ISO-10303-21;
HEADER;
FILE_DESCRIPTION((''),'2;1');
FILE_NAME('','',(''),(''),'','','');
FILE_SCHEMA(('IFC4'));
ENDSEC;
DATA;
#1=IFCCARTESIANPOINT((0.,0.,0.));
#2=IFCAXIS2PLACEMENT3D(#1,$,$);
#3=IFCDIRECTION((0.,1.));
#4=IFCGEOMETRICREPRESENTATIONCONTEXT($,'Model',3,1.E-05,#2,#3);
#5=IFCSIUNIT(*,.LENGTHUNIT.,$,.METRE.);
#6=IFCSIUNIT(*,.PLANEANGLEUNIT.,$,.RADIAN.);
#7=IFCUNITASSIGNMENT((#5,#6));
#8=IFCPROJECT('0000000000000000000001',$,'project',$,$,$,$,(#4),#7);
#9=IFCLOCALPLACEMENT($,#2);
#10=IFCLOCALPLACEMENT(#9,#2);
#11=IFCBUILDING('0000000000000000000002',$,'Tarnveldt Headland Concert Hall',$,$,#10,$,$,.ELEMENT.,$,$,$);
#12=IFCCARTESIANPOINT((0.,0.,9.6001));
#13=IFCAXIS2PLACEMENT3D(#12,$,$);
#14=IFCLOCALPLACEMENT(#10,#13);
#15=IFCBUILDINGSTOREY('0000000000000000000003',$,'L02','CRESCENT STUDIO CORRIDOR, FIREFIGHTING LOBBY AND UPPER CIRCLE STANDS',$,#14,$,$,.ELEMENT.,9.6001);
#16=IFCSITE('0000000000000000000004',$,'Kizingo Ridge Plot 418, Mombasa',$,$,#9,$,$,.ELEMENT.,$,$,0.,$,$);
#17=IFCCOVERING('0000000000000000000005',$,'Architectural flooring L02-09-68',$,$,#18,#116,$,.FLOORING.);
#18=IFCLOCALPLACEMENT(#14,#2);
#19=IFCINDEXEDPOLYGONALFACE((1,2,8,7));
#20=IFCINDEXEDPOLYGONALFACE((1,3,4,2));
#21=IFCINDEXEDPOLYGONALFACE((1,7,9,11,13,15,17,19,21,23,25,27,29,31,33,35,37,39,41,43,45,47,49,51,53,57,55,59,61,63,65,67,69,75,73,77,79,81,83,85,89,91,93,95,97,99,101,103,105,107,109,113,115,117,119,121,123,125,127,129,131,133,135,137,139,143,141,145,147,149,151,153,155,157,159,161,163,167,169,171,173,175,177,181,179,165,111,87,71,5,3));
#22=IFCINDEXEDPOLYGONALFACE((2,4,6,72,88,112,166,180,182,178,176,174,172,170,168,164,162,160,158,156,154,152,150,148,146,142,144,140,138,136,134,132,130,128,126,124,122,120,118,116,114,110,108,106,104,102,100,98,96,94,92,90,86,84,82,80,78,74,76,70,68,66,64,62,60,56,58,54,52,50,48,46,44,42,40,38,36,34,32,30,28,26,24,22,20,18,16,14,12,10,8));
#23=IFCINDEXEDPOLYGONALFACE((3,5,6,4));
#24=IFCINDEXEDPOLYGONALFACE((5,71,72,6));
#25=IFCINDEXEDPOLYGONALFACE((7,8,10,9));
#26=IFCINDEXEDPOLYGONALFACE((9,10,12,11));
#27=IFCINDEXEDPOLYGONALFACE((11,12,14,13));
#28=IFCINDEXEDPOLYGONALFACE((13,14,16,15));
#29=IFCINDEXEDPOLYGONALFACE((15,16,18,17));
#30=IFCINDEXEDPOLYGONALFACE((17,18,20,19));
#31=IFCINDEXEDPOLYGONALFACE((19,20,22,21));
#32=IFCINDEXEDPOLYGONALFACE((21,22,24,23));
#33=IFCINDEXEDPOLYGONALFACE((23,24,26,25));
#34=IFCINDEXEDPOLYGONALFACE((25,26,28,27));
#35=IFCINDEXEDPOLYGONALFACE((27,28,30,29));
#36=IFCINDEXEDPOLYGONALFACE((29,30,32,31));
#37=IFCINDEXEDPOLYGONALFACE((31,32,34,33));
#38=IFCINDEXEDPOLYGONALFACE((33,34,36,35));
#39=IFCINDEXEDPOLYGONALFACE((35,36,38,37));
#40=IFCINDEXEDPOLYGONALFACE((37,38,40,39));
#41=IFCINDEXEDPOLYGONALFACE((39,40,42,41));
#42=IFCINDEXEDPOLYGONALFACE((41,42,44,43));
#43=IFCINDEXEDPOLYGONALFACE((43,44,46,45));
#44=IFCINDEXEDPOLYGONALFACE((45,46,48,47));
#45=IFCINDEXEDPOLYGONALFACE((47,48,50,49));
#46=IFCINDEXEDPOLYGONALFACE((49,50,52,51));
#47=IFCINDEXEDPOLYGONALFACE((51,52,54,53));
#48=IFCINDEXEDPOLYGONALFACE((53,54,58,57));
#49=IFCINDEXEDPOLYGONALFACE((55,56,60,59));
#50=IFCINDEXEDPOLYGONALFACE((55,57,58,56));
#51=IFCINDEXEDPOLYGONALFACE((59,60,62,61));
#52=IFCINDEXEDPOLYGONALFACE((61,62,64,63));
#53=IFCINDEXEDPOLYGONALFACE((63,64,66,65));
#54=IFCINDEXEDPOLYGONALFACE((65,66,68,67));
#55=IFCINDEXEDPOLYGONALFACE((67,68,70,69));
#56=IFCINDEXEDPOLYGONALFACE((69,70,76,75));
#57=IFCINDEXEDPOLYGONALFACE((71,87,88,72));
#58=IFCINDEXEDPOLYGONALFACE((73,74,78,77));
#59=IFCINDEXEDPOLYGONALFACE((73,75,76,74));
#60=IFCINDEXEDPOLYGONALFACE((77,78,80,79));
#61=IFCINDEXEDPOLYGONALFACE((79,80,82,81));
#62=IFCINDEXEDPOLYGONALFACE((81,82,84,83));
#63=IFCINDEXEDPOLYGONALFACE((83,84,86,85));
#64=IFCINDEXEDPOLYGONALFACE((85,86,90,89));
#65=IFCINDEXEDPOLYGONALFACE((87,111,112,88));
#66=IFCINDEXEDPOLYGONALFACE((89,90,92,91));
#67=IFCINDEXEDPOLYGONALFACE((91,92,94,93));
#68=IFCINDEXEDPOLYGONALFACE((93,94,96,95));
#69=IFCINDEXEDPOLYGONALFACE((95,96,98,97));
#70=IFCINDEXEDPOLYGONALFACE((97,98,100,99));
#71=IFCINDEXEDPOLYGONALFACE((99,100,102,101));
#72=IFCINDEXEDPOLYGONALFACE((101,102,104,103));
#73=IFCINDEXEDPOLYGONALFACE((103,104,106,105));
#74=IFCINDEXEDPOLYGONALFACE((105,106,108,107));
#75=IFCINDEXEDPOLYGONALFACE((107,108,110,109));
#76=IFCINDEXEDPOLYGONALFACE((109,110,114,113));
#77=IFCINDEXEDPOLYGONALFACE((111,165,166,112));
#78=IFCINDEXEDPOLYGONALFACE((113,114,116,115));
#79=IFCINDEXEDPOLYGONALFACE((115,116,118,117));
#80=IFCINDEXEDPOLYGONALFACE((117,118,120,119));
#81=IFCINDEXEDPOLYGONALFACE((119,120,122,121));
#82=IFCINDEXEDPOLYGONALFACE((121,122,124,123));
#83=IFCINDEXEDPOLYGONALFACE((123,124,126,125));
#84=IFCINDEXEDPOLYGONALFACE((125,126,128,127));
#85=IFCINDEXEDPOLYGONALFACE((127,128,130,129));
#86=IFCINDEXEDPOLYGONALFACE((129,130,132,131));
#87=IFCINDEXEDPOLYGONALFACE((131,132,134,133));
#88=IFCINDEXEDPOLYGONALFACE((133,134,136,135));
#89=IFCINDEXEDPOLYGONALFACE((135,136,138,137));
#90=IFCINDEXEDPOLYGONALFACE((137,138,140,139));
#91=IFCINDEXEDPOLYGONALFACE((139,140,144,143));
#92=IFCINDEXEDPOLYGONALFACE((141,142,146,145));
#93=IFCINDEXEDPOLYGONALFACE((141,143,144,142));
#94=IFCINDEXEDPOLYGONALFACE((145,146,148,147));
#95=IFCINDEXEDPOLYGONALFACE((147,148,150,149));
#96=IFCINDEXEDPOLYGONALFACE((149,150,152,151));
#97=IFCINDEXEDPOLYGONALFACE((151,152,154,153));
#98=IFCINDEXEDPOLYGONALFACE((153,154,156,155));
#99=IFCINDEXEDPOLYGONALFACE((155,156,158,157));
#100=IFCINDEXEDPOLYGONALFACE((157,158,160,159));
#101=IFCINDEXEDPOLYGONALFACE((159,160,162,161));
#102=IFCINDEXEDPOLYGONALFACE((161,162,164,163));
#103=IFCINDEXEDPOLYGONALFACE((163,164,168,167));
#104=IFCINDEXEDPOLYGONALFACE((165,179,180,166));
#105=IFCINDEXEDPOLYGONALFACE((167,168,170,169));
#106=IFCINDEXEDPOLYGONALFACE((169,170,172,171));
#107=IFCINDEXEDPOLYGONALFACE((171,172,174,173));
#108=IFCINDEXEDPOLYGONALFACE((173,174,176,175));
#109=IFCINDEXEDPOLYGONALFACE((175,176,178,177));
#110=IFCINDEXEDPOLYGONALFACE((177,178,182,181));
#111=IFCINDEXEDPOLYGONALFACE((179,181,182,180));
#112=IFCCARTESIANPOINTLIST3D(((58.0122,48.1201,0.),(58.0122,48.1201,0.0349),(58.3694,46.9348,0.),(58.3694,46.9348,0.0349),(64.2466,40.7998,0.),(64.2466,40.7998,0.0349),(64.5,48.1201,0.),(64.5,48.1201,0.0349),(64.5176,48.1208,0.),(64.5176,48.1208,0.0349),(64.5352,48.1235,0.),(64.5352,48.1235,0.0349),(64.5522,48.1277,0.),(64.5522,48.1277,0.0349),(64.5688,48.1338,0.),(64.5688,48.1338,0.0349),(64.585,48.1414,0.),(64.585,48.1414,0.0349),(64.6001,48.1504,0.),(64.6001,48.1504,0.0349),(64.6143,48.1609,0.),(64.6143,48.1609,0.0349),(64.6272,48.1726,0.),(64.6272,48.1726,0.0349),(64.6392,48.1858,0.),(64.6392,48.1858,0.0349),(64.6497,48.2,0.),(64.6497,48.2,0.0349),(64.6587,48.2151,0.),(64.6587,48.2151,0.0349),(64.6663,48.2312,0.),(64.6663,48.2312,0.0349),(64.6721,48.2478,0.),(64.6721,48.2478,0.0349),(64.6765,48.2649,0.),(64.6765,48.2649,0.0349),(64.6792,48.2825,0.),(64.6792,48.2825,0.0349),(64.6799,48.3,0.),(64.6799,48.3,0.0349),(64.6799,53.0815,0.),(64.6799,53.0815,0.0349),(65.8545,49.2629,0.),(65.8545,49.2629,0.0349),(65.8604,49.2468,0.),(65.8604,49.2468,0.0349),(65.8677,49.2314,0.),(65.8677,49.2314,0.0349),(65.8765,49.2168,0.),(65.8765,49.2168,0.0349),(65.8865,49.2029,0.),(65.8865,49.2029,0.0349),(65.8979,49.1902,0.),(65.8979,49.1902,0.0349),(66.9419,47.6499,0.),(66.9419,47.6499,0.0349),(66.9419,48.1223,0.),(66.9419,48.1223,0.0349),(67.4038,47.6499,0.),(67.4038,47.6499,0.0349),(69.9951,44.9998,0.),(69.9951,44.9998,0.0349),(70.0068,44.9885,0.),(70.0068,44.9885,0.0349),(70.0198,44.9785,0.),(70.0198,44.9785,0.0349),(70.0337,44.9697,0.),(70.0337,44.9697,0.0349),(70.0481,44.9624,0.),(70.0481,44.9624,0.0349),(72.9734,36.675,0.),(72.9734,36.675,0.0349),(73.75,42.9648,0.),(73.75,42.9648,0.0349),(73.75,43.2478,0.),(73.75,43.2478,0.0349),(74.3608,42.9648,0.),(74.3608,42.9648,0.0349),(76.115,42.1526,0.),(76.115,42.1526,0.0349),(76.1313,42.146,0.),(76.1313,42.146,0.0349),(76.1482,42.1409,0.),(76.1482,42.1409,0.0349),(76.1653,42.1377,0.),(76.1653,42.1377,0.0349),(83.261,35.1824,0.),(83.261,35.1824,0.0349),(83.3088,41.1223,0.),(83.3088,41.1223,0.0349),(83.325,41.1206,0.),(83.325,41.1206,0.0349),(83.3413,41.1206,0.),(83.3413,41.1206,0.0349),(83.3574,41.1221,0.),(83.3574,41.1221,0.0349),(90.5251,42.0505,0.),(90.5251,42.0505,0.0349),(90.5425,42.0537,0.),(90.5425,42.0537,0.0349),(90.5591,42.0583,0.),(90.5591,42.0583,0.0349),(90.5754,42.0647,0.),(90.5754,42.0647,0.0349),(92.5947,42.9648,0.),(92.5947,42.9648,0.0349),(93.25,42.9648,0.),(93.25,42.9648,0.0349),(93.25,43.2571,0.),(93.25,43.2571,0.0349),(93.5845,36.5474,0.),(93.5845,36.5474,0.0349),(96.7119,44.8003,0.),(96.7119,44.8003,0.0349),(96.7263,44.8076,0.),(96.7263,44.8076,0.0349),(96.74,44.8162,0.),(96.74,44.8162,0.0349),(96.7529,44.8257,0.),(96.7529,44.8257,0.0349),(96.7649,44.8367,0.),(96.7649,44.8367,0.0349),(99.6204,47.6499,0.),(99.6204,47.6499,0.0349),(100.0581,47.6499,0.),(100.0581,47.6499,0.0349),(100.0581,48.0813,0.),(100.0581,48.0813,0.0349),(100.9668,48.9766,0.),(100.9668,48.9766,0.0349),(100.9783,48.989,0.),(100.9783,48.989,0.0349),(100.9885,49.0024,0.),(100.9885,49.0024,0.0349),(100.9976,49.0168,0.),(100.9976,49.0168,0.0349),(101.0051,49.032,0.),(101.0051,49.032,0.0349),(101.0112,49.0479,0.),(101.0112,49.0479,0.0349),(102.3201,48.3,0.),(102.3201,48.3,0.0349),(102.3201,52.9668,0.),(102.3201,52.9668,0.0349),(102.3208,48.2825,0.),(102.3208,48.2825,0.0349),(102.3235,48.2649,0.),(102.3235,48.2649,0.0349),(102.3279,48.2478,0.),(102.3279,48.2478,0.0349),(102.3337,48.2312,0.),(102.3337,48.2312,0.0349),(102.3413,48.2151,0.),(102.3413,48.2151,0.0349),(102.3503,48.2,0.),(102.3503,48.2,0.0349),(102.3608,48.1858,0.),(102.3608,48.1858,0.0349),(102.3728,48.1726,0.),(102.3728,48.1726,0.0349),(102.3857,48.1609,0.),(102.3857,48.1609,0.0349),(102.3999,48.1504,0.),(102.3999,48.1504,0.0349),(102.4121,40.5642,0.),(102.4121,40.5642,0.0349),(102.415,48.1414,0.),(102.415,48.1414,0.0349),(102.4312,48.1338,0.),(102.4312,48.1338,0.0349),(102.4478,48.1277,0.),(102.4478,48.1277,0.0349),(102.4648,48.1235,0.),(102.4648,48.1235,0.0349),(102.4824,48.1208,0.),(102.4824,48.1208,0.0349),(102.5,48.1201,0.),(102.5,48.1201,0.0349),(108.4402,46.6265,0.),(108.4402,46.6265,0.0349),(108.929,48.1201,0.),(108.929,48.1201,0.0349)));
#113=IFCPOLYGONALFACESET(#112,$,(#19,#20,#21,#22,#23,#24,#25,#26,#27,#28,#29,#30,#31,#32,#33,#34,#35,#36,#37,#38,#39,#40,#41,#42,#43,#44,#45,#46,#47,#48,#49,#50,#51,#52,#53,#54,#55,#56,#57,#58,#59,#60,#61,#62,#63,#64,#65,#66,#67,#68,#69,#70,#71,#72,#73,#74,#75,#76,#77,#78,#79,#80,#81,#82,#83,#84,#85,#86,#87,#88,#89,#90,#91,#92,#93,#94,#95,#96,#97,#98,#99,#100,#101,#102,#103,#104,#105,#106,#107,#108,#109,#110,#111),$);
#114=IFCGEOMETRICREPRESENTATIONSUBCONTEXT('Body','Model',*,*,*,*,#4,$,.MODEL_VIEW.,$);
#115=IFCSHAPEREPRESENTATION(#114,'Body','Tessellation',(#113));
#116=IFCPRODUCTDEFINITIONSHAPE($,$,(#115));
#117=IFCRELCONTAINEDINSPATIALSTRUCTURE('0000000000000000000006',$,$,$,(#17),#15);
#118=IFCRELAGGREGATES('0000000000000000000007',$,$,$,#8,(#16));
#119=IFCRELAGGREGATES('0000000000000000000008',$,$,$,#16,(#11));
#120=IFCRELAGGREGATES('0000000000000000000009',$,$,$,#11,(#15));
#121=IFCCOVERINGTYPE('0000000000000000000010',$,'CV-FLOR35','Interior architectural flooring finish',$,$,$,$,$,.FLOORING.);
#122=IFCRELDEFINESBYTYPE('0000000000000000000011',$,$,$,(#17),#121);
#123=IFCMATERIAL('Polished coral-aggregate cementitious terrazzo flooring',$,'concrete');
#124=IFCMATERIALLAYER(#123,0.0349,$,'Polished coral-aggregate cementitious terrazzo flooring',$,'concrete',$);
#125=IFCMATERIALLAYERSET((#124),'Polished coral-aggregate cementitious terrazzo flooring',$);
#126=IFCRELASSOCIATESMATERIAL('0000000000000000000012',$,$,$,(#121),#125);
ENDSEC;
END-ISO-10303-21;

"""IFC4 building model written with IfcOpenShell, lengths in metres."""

from ifc_helpers import new_model, si_unit, direction, frame, origin, place, context, subcontext, project, spatial, polyline, outline, extrude, material, layer, layer_set, type_object, element, save


model = new_model("IFC4")

# Units and contexts
model_context = context("Model", 3, precision=1e-05, world=origin(), true_north=direction((0.0, 1.0)))
body_context = subcontext(model_context, "Body", "Model", "MODEL_VIEW")
ifc_project = project(units=[si_unit("LENGTHUNIT", "METRE"), si_unit("PLANEANGLEUNIT", "RADIAN")], contexts=[model_context])

# Site, building, storey
site_placement = place(None, origin())
site = spatial("IfcSite", under=ifc_project, at=site_placement, Name="Kizingo Ridge Plot 418, Mombasa", CompositionType="ELEMENT", RefElevation=0.0)
building_placement = place(site_placement, origin())
building = spatial("IfcBuilding", under=site, at=building_placement, Name="Tarnveldt Headland Concert Hall", CompositionType="ELEMENT")
storey_placement = place(building_placement, frame((0.0, 0.0, 9.6001)))
storey = spatial("IfcBuildingStorey", under=building, at=storey_placement, Name="L02", Description="CRESCENT STUDIO CORRIDOR, FIREFIGHTING LOBBY AND UPPER CIRCLE STANDS", CompositionType="ELEMENT", Elevation=9.6001)

# Covering
ifc_material_1 = material(Name="Polished coral-aggregate cementitious terrazzo flooring", Category="concrete")
ifc_layer_1 = layer(ifc_material_1, 0.0349, Name="Polished coral-aggregate cementitious terrazzo flooring", Category="concrete")
ifc_layer_set_1 = layer_set([ifc_layer_1], Name="Polished coral-aggregate cementitious terrazzo flooring")
covering_type_1 = type_object("IfcCoveringType", Name="CV-FLOR35", Description="Interior architectural flooring finish", PredefinedType="FLOORING", material=ifc_layer_set_1)
covering_1_placement = place(storey_placement, origin())
element("IfcCovering", 1, at=covering_1_placement, inside=storey, type_object=covering_type_1, Name="Architectural flooring L02-09-68", PredefinedType="FLOORING", context=body_context, shape_type="SweptSolid", body=[
    extrude(outline(polyline([(65.8865, 49.2029), (65.8979, 49.1902), (66.9419, 48.1223), (66.9419, 47.6499), (67.4038, 47.6499), (69.9951, 44.9998), (70.0068, 44.9885), (70.0198, 44.9785), (70.0337, 44.9697), (70.0481, 44.9624), (73.75, 43.2478), (73.75, 42.9648), (74.3608, 42.9648), (76.115, 42.1526), (76.1313, 42.146), (76.1482, 42.1409), (76.1653, 42.1377), (83.3088, 41.1223), (83.325, 41.1206), (83.3413, 41.1206), (83.3574, 41.1221), (90.5251, 42.0505), (90.5425, 42.0537), (90.5591, 42.0583), (90.5754, 42.0647), (92.5947, 42.9648), (93.25, 42.9648), (93.25, 43.2571), (96.7119, 44.8003), (96.7263, 44.8076), (96.74, 44.8162), (96.7529, 44.8257), (96.7649, 44.8367), (99.6204, 47.6499), (100.0581, 47.6499), (100.0581, 48.0813), (100.9668, 48.9766), (100.9783, 48.989), (100.9885, 49.0024), (100.9976, 49.0168), (101.0051, 49.032), (101.0112, 49.0479), (102.3201, 52.9668), (102.3201, 48.3), (102.3208, 48.2825), (102.3235, 48.2649), (102.3279, 48.2478), (102.3337, 48.2312), (102.3413, 48.2151), (102.3503, 48.2), (102.3608, 48.1858), (102.3728, 48.1726), (102.3857, 48.1609), (102.3999, 48.1504), (102.415, 48.1414), (102.4312, 48.1338), (102.4478, 48.1277), (102.4648, 48.1235), (102.4824, 48.1208), (102.5, 48.1201), (108.929, 48.1201), (108.4402, 46.6265), (102.4121, 40.5642), (93.5845, 36.5474), (83.261, 35.1824), (72.9734, 36.675), (64.2466, 40.7998), (58.3694, 46.9348), (58.0122, 48.1201), (64.5, 48.1201), (64.5176, 48.1208), (64.5352, 48.1235), (64.5522, 48.1277), (64.5688, 48.1338), (64.585, 48.1414), (64.6001, 48.1504), (64.6143, 48.1609), (64.6272, 48.1726), (64.6392, 48.1858), (64.6497, 48.2), (64.6587, 48.2151), (64.6663, 48.2312), (64.6721, 48.2478), (64.6765, 48.2649), (64.6792, 48.2825), (64.6799, 48.3), (64.6799, 53.0815), (65.8545, 49.2629), (65.8604, 49.2468), (65.8677, 49.2314), (65.8765, 49.2168), (65.8865, 49.2029)])), origin(), (0.0, 0.0, 1.0), 0.0349),
])

save(model, "model.ifc")
